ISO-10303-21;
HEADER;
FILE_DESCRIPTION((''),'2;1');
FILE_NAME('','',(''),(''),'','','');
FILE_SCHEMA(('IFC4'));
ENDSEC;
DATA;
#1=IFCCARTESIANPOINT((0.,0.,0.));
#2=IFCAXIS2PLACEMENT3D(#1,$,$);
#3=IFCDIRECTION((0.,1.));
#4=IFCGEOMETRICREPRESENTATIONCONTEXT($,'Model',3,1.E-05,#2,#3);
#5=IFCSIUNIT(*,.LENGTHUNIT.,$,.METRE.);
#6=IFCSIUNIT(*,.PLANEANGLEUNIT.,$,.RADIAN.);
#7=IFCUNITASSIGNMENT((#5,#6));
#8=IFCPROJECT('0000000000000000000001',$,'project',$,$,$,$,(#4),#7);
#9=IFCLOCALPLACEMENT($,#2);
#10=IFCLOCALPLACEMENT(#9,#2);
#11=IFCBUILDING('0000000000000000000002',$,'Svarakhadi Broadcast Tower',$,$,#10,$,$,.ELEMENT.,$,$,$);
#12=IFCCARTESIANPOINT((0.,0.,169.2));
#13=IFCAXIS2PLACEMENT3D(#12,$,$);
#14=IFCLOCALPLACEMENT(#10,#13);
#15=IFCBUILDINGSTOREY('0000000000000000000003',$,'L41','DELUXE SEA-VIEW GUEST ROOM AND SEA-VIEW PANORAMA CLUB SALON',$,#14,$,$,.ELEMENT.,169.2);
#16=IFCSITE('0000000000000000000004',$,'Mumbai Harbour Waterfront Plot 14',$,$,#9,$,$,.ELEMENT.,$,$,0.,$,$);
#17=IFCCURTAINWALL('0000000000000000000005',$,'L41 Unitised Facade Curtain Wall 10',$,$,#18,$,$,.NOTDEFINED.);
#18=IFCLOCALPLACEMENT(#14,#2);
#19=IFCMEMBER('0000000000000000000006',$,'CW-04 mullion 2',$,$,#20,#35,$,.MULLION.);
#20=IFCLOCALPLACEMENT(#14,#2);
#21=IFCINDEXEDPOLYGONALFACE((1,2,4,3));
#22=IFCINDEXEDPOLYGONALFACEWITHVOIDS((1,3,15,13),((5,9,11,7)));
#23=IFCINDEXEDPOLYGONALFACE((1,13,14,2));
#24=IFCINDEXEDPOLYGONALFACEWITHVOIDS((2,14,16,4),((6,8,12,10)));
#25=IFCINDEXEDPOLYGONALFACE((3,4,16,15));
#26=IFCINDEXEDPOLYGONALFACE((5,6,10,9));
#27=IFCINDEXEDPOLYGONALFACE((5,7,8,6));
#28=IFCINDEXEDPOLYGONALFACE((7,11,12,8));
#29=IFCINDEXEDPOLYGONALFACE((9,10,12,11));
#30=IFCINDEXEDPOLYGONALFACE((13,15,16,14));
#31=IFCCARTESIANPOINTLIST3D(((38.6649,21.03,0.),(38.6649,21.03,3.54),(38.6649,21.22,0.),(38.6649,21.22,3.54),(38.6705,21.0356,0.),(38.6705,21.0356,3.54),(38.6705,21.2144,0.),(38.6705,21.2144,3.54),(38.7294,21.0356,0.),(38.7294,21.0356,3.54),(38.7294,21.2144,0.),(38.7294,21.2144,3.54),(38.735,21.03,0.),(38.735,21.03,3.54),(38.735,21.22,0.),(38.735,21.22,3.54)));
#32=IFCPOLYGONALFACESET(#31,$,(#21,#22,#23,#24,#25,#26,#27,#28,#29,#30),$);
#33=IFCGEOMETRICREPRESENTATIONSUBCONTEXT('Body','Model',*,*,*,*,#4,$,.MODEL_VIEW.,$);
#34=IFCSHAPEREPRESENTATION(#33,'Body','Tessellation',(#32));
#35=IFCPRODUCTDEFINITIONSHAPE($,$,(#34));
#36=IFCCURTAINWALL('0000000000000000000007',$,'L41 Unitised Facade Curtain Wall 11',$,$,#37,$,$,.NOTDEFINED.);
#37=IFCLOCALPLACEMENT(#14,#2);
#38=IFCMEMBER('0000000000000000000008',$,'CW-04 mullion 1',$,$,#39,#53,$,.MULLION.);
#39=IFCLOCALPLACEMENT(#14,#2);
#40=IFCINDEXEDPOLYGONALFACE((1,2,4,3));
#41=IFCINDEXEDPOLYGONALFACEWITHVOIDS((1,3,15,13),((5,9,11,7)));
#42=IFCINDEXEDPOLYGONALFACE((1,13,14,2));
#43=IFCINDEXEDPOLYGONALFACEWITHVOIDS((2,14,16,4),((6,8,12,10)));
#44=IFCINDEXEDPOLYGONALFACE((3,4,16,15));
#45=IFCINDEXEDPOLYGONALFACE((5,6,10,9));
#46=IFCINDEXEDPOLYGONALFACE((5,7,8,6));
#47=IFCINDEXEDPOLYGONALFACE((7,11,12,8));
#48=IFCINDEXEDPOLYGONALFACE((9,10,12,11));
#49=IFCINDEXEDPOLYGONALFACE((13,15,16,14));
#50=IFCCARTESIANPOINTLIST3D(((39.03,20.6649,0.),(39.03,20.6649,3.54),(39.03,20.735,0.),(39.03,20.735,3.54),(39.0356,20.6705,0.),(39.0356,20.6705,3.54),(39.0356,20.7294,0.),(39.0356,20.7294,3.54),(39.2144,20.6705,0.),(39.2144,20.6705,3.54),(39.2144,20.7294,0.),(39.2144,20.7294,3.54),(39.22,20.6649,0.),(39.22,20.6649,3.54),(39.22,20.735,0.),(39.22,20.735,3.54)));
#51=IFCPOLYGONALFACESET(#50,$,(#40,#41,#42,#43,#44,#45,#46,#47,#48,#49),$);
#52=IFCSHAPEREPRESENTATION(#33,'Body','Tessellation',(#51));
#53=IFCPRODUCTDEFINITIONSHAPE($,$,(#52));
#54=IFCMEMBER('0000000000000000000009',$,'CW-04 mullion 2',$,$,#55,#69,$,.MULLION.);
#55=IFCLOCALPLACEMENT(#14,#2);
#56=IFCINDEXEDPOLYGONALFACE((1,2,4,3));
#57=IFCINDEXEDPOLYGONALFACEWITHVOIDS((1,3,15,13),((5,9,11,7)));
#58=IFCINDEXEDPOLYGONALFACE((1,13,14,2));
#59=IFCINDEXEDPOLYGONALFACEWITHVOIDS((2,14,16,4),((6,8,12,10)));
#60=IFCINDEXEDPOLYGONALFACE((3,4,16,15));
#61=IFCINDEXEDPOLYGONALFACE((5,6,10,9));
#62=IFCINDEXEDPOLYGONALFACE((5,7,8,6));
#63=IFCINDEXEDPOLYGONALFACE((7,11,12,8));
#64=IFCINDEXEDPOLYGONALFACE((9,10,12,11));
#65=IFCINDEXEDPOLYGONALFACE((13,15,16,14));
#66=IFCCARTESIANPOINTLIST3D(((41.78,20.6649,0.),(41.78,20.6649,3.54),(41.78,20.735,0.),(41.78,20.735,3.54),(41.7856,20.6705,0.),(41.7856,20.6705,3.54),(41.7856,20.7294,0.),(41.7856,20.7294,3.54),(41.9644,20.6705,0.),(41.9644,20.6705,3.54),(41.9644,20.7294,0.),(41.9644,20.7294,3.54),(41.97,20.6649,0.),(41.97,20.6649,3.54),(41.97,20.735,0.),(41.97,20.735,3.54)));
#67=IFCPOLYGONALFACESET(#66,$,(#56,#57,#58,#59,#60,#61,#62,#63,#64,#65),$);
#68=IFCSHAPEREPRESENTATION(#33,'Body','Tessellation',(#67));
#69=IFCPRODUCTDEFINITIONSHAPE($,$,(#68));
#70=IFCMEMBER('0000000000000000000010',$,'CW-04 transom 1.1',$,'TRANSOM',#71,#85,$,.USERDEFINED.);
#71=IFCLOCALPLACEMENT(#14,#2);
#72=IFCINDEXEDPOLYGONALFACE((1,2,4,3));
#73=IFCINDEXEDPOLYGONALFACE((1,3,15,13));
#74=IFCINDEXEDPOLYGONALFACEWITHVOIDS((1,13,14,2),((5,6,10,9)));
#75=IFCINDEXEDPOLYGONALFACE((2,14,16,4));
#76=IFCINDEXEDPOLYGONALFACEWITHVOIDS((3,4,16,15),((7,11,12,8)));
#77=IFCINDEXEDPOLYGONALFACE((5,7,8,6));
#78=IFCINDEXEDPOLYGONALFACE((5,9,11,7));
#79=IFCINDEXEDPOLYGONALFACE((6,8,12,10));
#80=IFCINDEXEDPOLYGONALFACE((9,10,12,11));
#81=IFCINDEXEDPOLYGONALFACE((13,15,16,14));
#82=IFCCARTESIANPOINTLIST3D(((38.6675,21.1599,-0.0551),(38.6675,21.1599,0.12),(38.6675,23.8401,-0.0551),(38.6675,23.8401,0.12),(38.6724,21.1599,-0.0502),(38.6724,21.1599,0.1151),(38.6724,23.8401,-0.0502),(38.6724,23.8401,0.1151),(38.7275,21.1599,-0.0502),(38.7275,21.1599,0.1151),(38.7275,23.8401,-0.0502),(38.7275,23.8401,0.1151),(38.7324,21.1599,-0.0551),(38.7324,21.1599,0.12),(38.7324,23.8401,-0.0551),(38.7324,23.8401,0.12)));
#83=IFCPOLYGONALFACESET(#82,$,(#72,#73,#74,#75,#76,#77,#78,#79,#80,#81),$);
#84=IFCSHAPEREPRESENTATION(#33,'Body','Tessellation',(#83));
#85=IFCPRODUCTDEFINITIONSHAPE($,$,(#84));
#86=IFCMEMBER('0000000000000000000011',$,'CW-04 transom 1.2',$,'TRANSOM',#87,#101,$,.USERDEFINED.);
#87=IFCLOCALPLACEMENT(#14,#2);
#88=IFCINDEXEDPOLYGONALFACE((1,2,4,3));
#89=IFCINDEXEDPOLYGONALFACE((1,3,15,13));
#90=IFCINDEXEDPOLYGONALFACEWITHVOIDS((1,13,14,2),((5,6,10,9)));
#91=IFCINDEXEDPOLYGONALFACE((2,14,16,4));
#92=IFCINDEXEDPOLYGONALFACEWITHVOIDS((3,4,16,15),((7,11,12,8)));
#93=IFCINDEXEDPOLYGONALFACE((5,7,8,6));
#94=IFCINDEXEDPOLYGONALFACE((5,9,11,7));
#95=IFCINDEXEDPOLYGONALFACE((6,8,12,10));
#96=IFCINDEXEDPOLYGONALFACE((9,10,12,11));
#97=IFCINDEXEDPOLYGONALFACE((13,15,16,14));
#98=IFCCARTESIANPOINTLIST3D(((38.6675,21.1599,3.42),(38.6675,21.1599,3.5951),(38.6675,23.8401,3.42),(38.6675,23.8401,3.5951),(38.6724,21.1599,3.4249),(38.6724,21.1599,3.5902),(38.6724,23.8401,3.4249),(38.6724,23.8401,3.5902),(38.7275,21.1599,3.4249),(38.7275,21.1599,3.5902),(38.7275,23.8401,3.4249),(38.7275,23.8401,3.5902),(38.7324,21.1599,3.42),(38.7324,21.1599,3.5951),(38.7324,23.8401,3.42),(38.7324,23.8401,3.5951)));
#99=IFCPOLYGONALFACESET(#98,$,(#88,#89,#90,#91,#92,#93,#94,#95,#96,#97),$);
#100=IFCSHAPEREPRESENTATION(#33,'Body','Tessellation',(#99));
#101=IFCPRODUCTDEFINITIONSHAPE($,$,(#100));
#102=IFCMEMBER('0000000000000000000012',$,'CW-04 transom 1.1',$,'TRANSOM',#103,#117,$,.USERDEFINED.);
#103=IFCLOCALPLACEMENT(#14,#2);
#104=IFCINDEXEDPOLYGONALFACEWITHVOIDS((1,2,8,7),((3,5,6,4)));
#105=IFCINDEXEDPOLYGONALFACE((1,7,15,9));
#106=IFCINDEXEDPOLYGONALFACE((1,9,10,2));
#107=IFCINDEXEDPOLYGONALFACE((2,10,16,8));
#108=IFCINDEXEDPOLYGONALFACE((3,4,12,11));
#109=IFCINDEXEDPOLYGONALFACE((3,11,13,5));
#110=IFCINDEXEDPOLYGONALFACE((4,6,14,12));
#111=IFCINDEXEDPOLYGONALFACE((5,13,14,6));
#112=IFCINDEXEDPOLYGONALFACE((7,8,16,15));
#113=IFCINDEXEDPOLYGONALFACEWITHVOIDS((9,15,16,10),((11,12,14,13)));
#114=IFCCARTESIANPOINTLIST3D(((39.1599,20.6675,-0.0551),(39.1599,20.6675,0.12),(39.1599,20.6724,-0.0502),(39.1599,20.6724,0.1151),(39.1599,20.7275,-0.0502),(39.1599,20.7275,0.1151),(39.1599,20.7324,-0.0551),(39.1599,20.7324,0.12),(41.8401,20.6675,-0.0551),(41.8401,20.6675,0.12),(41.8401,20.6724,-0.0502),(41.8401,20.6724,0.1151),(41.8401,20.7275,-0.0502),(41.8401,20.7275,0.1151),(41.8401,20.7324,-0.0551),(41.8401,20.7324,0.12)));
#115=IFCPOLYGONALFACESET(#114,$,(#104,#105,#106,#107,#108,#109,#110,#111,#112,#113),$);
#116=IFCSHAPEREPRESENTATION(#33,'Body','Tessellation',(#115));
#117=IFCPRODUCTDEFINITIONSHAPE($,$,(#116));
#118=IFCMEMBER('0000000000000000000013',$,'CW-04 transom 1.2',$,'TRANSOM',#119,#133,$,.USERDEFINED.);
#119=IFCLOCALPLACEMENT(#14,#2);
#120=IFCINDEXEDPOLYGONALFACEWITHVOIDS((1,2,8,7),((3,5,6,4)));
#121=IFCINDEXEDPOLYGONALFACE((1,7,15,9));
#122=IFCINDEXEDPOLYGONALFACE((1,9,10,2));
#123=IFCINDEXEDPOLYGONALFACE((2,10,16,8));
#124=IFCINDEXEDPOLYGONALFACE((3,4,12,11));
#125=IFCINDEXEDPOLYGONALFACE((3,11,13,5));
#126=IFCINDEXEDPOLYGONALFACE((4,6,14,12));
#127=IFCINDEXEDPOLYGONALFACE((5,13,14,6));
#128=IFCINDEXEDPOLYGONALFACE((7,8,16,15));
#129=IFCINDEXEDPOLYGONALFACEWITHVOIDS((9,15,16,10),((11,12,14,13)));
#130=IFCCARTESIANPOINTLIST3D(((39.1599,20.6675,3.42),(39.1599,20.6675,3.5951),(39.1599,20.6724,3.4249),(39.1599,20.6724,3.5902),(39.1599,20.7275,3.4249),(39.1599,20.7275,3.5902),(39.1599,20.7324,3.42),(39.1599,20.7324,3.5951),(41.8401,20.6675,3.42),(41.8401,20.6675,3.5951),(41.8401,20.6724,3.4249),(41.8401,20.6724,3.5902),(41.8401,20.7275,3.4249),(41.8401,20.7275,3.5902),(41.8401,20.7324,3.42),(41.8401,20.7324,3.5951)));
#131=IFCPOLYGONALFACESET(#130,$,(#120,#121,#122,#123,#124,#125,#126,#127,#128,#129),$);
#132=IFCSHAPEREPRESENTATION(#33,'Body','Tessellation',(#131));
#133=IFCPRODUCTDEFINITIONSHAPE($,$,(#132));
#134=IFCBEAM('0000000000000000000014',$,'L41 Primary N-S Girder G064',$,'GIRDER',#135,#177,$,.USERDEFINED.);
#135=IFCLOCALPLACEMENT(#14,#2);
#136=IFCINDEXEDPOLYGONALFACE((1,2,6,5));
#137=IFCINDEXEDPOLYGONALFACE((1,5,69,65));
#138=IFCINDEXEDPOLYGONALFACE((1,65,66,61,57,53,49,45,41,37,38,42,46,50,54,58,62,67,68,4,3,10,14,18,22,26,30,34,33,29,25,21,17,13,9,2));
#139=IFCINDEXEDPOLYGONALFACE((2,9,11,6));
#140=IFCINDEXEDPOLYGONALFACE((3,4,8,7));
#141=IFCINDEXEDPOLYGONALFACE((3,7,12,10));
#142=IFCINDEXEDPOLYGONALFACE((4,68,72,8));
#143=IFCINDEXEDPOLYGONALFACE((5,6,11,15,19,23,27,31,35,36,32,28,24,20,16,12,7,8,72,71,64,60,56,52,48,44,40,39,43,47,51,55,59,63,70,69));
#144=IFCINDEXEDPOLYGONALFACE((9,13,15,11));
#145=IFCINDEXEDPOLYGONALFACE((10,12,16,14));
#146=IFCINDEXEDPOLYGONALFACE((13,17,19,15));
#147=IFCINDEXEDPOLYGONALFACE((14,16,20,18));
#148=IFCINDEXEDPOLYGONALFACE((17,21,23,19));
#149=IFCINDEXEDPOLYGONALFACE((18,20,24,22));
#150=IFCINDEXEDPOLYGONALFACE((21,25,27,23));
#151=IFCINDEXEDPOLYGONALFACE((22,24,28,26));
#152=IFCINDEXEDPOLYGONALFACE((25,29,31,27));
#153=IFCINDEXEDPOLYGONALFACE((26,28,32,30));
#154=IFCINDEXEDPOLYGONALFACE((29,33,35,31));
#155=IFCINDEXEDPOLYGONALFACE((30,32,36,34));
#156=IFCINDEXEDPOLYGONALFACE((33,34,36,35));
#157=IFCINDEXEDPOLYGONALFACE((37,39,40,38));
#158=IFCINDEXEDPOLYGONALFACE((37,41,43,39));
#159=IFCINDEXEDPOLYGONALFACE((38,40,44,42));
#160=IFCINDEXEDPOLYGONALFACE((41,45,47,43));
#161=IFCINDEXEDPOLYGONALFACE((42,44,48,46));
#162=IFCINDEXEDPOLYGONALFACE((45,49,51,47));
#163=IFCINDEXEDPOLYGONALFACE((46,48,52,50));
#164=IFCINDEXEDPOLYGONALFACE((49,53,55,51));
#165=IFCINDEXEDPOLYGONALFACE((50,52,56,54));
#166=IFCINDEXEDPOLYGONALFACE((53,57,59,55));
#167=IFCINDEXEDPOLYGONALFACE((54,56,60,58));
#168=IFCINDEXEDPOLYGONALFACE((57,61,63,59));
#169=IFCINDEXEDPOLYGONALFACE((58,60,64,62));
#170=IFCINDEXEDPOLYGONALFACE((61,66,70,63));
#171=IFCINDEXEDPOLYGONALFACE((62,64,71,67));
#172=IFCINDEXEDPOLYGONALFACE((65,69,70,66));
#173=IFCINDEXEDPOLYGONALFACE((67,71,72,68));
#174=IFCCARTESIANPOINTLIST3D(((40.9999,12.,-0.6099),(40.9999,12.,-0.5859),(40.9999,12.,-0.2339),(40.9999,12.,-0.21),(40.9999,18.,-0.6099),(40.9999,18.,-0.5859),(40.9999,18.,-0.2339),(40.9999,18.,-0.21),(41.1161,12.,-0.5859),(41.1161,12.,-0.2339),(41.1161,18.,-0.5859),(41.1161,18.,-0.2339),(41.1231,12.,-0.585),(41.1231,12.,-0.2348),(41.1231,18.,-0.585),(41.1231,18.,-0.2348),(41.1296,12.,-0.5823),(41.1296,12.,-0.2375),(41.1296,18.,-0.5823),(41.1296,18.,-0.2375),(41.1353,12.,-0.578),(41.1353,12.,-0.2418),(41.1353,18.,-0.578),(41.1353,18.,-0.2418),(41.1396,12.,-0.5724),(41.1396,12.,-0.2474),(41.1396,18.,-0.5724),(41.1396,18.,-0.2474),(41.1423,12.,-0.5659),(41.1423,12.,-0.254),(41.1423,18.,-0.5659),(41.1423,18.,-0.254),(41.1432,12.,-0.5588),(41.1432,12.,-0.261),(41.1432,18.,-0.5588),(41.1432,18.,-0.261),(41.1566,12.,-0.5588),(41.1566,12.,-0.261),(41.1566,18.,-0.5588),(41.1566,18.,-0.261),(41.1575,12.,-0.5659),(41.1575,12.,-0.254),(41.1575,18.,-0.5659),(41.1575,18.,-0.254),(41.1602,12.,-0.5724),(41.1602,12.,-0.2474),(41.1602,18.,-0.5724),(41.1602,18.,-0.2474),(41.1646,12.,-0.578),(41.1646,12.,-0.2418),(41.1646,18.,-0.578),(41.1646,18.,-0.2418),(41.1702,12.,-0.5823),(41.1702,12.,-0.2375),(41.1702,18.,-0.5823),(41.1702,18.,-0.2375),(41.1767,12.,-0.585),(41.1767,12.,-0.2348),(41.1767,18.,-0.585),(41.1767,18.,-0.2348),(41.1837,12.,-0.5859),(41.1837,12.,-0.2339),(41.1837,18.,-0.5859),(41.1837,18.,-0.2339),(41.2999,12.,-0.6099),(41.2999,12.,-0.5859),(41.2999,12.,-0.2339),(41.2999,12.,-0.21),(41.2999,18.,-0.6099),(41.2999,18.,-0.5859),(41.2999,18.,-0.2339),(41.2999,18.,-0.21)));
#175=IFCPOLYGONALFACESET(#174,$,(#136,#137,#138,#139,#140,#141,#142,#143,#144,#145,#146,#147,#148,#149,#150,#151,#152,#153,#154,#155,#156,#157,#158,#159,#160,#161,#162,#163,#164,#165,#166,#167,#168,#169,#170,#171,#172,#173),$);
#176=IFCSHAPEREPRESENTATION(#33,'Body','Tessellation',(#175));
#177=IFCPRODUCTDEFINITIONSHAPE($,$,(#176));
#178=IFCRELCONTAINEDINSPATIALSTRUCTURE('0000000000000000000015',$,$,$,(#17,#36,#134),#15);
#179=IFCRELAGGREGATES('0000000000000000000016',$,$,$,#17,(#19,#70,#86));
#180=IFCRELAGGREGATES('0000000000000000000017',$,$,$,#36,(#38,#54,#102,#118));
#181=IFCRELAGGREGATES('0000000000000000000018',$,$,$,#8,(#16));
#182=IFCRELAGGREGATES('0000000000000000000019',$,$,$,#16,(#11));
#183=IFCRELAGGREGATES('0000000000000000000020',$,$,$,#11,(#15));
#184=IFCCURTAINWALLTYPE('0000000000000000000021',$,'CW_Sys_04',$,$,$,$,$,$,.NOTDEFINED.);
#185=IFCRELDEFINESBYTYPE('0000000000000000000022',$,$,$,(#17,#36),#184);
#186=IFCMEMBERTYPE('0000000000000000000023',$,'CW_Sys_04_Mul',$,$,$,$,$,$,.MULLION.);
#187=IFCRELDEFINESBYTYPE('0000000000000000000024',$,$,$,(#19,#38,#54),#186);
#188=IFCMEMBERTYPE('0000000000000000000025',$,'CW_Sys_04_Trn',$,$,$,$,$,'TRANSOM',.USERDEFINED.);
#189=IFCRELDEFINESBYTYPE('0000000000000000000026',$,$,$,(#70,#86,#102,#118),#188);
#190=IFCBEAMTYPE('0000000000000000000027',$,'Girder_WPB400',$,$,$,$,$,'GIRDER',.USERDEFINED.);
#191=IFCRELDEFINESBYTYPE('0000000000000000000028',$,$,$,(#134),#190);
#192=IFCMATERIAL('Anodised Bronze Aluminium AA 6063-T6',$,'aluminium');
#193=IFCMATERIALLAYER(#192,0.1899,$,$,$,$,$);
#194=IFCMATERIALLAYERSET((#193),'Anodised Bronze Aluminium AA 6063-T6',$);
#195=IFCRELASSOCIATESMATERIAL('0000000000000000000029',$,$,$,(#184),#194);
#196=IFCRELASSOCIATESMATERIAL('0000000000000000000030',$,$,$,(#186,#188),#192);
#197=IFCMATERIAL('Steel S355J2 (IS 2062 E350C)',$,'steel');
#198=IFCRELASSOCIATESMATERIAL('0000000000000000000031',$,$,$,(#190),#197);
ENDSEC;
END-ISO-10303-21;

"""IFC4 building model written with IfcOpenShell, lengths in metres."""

from ifc_helpers import new_model, si_unit, direction, frame, origin, origin_2d, place, context, subcontext, project, spatial, hollow_rectangle, i_section, extrude, material, layer, layer_set, material_profile, profile_set, type_object, element, aggregate, save


model = new_model("IFC4")

# Units and contexts
model_context = context("Model", 3, precision=1e-05, world=origin(), true_north=direction((0.0, 1.0)))
body_context = subcontext(model_context, "Body", "Model", "MODEL_VIEW")
ifc_project = project(units=[si_unit("LENGTHUNIT", "METRE"), si_unit("PLANEANGLEUNIT", "RADIAN")], contexts=[model_context])

# Site, building, storey
site_placement = place(None, origin())
site = spatial("IfcSite", under=ifc_project, at=site_placement, Name="Mumbai Harbour Waterfront Plot 14", CompositionType="ELEMENT", RefElevation=0.0)
building_placement = place(site_placement, origin())
building = spatial("IfcBuilding", under=site, at=building_placement, Name="Svarakhadi Broadcast Tower", CompositionType="ELEMENT")
storey_placement = place(building_placement, frame((0.0, 0.0, 169.2)))
storey = spatial("IfcBuildingStorey", under=building, at=storey_placement, Name="L41", Description="DELUXE SEA-VIEW GUEST ROOM AND SEA-VIEW PANORAMA CLUB SALON", CompositionType="ELEMENT", Elevation=169.2)

# Shared definitions
ifc_material_1 = material(Name="Steel S355J2 (IS 2062 E350C)", Category="steel")

# Shared definitions
ifc_material_2 = material(Name="Anodised Bronze Aluminium AA 6063-T6", Category="aluminium")
ifc_layer_1 = layer(ifc_material_2, 0.1899)
ifc_layer_set_1 = layer_set([ifc_layer_1], Name="Anodised Bronze Aluminium AA 6063-T6")
curtain_wall_type = type_object("IfcCurtainWallType", Name="CW_Sys_04", PredefinedType="NOTDEFINED", material=ifc_layer_set_1)
ifc_material_profile_1 = material_profile(ifc_material_2, hollow_rectangle(XDim=0.0701, YDim=0.1899, WallThickness=0.0056, at=origin_2d()), Name="ALU MULLION 190x70x6")
ifc_profile_set_1 = profile_set([ifc_material_profile_1], Name="Anodised Bronze Aluminium AA 6063-T6")
member_type_1 = type_object("IfcMemberType", Name="CW_Sys_04_Mul", PredefinedType="MULLION", material=ifc_profile_set_1)

# Curtain walls, members
curtain_wall_1_placement = place(storey_placement, origin())
curtain_wall_1 = element("IfcCurtainWall", 1, at=curtain_wall_1_placement, inside=storey, type_object=curtain_wall_type, Name="L41 Unitised Facade Curtain Wall 10", PredefinedType="NOTDEFINED")
member_1_placement = place(storey_placement, frame((38.7, 21.125, 0.0), z_axis=(0.0, 0.0, 1.0), x_axis=(1.0, 0.0, 0.0)))
member_1 = element("IfcMember", 2, at=member_1_placement, type_object=member_type_1, Name="CW-04 mullion 2", PredefinedType="MULLION", context=body_context, shape_type="SweptSolid", body=[
    extrude(hollow_rectangle(XDim=0.0701, YDim=0.1899, WallThickness=0.0056, at=origin_2d()), origin(), (0.0, 0.0, 1.0), 3.54),
])
curtain_wall_2_placement = place(storey_placement, origin())
curtain_wall_2 = element("IfcCurtainWall", 3, at=curtain_wall_2_placement, inside=storey, type_object=curtain_wall_type, Name="L41 Unitised Facade Curtain Wall 11", PredefinedType="NOTDEFINED")
member_2_placement = place(storey_placement, frame((39.125, 20.7, 0.0), z_axis=(0.0, 0.0, 1.0), x_axis=(0.0, 1.0, 0.0)))
member_2 = element("IfcMember", 4, at=member_2_placement, type_object=member_type_1, Name="CW-04 mullion 1", PredefinedType="MULLION", context=body_context, shape_type="SweptSolid", body=[
    extrude(hollow_rectangle(XDim=0.0701, YDim=0.1899, WallThickness=0.0056, at=origin_2d()), origin(), (0.0, 0.0, 1.0), 3.54),
])
member_3_placement = place(storey_placement, frame((41.875, 20.7, 0.0), z_axis=(0.0, 0.0, 1.0), x_axis=(0.0, 1.0, 0.0)))
member_3 = element("IfcMember", 5, at=member_3_placement, type_object=member_type_1, Name="CW-04 mullion 2", PredefinedType="MULLION", context=body_context, shape_type="SweptSolid", body=[
    extrude(hollow_rectangle(XDim=0.0701, YDim=0.1899, WallThickness=0.0056, at=origin_2d()), origin(), (0.0, 0.0, 1.0), 3.54),
])

# Members
ifc_material_profile_2 = material_profile(ifc_material_2, hollow_rectangle(XDim=0.0649, YDim=0.175, WallThickness=0.0049, at=origin_2d()), Name="ALU TRANSOM 175x65x5")
ifc_profile_set_2 = profile_set([ifc_material_profile_2], Name="Anodised Bronze Aluminium AA 6063-T6")
member_type_2 = type_object("IfcMemberType", Name="CW_Sys_04_Trn", ElementType="TRANSOM", PredefinedType="USERDEFINED", material=ifc_profile_set_2)
member_4_placement = place(storey_placement, frame((38.7, 23.8401, 0.0325), z_axis=(0.0, -1.0, 0.0), x_axis=(1.0, 0.0, 0.0)))
member_4 = element("IfcMember", 6, at=member_4_placement, type_object=member_type_2, Name="CW-04 transom 1.1", ObjectType="TRANSOM", PredefinedType="USERDEFINED", context=body_context, shape_type="SweptSolid", body=[
    extrude(hollow_rectangle(XDim=0.0649, YDim=0.175, WallThickness=0.0049, at=origin_2d()), origin(), (0.0, 0.0, 1.0), 2.6802),
])
member_5_placement = place(storey_placement, frame((38.7, 23.8401, 3.5076), z_axis=(0.0, -1.0, 0.0), x_axis=(1.0, 0.0, 0.0)))
member_5 = element("IfcMember", 7, at=member_5_placement, type_object=member_type_2, Name="CW-04 transom 1.2", ObjectType="TRANSOM", PredefinedType="USERDEFINED", context=body_context, shape_type="SweptSolid", body=[
    extrude(hollow_rectangle(XDim=0.0649, YDim=0.175, WallThickness=0.0049, at=origin_2d()), origin(), (0.0, 0.0, 1.0), 2.6802),
])
member_6_placement = place(storey_placement, frame((39.1599, 20.7, 0.0325), z_axis=(1.0, 0.0, 0.0), x_axis=(0.0, 1.0, 0.0)))
member_6 = element("IfcMember", 8, at=member_6_placement, type_object=member_type_2, Name="CW-04 transom 1.1", ObjectType="TRANSOM", PredefinedType="USERDEFINED", context=body_context, shape_type="SweptSolid", body=[
    extrude(hollow_rectangle(XDim=0.0649, YDim=0.175, WallThickness=0.0049, at=origin_2d()), origin(), (0.0, 0.0, 1.0), 2.6802),
])
member_7_placement = place(storey_placement, frame((39.1599, 20.7, 3.5076), z_axis=(1.0, 0.0, 0.0), x_axis=(0.0, 1.0, 0.0)))
member_7 = element("IfcMember", 9, at=member_7_placement, type_object=member_type_2, Name="CW-04 transom 1.2", ObjectType="TRANSOM", PredefinedType="USERDEFINED", context=body_context, shape_type="SweptSolid", body=[
    extrude(hollow_rectangle(XDim=0.0649, YDim=0.175, WallThickness=0.0049, at=origin_2d()), origin(), (0.0, 0.0, 1.0), 2.6802),
])

# Beam
ifc_material_profile_3 = material_profile(ifc_material_1, i_section(OverallWidth=0.3, OverallDepth=0.3999, WebThickness=0.0134, FlangeThickness=0.0239, FilletRadius=0.0271, at=origin_2d()), Name="WPB 400x300x155")
ifc_profile_set_3 = profile_set([ifc_material_profile_3], Name="Steel S355J2 (IS 2062 E350C)")
beam_type_1 = type_object("IfcBeamType", Name="Girder_WPB400", ElementType="GIRDER", PredefinedType="USERDEFINED", material=ifc_profile_set_3)
beam_1_placement = place(storey_placement, frame((41.1499, 12.0, -0.4099), z_axis=(0.0, 1.0, 0.0), x_axis=(-1.0, 0.0, 0.0)))
element("IfcBeam", 10, at=beam_1_placement, inside=storey, type_object=beam_type_1, Name="L41 Primary N-S Girder G064", ObjectType="GIRDER", PredefinedType="USERDEFINED", context=body_context, shape_type="SweptSolid", body=[
    extrude(i_section(OverallWidth=0.3, OverallDepth=0.3999, WebThickness=0.0134, FlangeThickness=0.0239, FilletRadius=0.0271, at=origin_2d()), origin(), (0.0, 0.0, 1.0), 6.0),
])

aggregate(curtain_wall_1, [member_1, member_4, member_5])
aggregate(curtain_wall_2, [member_2, member_3, member_6, member_7])

save(model, "model.ifc")
